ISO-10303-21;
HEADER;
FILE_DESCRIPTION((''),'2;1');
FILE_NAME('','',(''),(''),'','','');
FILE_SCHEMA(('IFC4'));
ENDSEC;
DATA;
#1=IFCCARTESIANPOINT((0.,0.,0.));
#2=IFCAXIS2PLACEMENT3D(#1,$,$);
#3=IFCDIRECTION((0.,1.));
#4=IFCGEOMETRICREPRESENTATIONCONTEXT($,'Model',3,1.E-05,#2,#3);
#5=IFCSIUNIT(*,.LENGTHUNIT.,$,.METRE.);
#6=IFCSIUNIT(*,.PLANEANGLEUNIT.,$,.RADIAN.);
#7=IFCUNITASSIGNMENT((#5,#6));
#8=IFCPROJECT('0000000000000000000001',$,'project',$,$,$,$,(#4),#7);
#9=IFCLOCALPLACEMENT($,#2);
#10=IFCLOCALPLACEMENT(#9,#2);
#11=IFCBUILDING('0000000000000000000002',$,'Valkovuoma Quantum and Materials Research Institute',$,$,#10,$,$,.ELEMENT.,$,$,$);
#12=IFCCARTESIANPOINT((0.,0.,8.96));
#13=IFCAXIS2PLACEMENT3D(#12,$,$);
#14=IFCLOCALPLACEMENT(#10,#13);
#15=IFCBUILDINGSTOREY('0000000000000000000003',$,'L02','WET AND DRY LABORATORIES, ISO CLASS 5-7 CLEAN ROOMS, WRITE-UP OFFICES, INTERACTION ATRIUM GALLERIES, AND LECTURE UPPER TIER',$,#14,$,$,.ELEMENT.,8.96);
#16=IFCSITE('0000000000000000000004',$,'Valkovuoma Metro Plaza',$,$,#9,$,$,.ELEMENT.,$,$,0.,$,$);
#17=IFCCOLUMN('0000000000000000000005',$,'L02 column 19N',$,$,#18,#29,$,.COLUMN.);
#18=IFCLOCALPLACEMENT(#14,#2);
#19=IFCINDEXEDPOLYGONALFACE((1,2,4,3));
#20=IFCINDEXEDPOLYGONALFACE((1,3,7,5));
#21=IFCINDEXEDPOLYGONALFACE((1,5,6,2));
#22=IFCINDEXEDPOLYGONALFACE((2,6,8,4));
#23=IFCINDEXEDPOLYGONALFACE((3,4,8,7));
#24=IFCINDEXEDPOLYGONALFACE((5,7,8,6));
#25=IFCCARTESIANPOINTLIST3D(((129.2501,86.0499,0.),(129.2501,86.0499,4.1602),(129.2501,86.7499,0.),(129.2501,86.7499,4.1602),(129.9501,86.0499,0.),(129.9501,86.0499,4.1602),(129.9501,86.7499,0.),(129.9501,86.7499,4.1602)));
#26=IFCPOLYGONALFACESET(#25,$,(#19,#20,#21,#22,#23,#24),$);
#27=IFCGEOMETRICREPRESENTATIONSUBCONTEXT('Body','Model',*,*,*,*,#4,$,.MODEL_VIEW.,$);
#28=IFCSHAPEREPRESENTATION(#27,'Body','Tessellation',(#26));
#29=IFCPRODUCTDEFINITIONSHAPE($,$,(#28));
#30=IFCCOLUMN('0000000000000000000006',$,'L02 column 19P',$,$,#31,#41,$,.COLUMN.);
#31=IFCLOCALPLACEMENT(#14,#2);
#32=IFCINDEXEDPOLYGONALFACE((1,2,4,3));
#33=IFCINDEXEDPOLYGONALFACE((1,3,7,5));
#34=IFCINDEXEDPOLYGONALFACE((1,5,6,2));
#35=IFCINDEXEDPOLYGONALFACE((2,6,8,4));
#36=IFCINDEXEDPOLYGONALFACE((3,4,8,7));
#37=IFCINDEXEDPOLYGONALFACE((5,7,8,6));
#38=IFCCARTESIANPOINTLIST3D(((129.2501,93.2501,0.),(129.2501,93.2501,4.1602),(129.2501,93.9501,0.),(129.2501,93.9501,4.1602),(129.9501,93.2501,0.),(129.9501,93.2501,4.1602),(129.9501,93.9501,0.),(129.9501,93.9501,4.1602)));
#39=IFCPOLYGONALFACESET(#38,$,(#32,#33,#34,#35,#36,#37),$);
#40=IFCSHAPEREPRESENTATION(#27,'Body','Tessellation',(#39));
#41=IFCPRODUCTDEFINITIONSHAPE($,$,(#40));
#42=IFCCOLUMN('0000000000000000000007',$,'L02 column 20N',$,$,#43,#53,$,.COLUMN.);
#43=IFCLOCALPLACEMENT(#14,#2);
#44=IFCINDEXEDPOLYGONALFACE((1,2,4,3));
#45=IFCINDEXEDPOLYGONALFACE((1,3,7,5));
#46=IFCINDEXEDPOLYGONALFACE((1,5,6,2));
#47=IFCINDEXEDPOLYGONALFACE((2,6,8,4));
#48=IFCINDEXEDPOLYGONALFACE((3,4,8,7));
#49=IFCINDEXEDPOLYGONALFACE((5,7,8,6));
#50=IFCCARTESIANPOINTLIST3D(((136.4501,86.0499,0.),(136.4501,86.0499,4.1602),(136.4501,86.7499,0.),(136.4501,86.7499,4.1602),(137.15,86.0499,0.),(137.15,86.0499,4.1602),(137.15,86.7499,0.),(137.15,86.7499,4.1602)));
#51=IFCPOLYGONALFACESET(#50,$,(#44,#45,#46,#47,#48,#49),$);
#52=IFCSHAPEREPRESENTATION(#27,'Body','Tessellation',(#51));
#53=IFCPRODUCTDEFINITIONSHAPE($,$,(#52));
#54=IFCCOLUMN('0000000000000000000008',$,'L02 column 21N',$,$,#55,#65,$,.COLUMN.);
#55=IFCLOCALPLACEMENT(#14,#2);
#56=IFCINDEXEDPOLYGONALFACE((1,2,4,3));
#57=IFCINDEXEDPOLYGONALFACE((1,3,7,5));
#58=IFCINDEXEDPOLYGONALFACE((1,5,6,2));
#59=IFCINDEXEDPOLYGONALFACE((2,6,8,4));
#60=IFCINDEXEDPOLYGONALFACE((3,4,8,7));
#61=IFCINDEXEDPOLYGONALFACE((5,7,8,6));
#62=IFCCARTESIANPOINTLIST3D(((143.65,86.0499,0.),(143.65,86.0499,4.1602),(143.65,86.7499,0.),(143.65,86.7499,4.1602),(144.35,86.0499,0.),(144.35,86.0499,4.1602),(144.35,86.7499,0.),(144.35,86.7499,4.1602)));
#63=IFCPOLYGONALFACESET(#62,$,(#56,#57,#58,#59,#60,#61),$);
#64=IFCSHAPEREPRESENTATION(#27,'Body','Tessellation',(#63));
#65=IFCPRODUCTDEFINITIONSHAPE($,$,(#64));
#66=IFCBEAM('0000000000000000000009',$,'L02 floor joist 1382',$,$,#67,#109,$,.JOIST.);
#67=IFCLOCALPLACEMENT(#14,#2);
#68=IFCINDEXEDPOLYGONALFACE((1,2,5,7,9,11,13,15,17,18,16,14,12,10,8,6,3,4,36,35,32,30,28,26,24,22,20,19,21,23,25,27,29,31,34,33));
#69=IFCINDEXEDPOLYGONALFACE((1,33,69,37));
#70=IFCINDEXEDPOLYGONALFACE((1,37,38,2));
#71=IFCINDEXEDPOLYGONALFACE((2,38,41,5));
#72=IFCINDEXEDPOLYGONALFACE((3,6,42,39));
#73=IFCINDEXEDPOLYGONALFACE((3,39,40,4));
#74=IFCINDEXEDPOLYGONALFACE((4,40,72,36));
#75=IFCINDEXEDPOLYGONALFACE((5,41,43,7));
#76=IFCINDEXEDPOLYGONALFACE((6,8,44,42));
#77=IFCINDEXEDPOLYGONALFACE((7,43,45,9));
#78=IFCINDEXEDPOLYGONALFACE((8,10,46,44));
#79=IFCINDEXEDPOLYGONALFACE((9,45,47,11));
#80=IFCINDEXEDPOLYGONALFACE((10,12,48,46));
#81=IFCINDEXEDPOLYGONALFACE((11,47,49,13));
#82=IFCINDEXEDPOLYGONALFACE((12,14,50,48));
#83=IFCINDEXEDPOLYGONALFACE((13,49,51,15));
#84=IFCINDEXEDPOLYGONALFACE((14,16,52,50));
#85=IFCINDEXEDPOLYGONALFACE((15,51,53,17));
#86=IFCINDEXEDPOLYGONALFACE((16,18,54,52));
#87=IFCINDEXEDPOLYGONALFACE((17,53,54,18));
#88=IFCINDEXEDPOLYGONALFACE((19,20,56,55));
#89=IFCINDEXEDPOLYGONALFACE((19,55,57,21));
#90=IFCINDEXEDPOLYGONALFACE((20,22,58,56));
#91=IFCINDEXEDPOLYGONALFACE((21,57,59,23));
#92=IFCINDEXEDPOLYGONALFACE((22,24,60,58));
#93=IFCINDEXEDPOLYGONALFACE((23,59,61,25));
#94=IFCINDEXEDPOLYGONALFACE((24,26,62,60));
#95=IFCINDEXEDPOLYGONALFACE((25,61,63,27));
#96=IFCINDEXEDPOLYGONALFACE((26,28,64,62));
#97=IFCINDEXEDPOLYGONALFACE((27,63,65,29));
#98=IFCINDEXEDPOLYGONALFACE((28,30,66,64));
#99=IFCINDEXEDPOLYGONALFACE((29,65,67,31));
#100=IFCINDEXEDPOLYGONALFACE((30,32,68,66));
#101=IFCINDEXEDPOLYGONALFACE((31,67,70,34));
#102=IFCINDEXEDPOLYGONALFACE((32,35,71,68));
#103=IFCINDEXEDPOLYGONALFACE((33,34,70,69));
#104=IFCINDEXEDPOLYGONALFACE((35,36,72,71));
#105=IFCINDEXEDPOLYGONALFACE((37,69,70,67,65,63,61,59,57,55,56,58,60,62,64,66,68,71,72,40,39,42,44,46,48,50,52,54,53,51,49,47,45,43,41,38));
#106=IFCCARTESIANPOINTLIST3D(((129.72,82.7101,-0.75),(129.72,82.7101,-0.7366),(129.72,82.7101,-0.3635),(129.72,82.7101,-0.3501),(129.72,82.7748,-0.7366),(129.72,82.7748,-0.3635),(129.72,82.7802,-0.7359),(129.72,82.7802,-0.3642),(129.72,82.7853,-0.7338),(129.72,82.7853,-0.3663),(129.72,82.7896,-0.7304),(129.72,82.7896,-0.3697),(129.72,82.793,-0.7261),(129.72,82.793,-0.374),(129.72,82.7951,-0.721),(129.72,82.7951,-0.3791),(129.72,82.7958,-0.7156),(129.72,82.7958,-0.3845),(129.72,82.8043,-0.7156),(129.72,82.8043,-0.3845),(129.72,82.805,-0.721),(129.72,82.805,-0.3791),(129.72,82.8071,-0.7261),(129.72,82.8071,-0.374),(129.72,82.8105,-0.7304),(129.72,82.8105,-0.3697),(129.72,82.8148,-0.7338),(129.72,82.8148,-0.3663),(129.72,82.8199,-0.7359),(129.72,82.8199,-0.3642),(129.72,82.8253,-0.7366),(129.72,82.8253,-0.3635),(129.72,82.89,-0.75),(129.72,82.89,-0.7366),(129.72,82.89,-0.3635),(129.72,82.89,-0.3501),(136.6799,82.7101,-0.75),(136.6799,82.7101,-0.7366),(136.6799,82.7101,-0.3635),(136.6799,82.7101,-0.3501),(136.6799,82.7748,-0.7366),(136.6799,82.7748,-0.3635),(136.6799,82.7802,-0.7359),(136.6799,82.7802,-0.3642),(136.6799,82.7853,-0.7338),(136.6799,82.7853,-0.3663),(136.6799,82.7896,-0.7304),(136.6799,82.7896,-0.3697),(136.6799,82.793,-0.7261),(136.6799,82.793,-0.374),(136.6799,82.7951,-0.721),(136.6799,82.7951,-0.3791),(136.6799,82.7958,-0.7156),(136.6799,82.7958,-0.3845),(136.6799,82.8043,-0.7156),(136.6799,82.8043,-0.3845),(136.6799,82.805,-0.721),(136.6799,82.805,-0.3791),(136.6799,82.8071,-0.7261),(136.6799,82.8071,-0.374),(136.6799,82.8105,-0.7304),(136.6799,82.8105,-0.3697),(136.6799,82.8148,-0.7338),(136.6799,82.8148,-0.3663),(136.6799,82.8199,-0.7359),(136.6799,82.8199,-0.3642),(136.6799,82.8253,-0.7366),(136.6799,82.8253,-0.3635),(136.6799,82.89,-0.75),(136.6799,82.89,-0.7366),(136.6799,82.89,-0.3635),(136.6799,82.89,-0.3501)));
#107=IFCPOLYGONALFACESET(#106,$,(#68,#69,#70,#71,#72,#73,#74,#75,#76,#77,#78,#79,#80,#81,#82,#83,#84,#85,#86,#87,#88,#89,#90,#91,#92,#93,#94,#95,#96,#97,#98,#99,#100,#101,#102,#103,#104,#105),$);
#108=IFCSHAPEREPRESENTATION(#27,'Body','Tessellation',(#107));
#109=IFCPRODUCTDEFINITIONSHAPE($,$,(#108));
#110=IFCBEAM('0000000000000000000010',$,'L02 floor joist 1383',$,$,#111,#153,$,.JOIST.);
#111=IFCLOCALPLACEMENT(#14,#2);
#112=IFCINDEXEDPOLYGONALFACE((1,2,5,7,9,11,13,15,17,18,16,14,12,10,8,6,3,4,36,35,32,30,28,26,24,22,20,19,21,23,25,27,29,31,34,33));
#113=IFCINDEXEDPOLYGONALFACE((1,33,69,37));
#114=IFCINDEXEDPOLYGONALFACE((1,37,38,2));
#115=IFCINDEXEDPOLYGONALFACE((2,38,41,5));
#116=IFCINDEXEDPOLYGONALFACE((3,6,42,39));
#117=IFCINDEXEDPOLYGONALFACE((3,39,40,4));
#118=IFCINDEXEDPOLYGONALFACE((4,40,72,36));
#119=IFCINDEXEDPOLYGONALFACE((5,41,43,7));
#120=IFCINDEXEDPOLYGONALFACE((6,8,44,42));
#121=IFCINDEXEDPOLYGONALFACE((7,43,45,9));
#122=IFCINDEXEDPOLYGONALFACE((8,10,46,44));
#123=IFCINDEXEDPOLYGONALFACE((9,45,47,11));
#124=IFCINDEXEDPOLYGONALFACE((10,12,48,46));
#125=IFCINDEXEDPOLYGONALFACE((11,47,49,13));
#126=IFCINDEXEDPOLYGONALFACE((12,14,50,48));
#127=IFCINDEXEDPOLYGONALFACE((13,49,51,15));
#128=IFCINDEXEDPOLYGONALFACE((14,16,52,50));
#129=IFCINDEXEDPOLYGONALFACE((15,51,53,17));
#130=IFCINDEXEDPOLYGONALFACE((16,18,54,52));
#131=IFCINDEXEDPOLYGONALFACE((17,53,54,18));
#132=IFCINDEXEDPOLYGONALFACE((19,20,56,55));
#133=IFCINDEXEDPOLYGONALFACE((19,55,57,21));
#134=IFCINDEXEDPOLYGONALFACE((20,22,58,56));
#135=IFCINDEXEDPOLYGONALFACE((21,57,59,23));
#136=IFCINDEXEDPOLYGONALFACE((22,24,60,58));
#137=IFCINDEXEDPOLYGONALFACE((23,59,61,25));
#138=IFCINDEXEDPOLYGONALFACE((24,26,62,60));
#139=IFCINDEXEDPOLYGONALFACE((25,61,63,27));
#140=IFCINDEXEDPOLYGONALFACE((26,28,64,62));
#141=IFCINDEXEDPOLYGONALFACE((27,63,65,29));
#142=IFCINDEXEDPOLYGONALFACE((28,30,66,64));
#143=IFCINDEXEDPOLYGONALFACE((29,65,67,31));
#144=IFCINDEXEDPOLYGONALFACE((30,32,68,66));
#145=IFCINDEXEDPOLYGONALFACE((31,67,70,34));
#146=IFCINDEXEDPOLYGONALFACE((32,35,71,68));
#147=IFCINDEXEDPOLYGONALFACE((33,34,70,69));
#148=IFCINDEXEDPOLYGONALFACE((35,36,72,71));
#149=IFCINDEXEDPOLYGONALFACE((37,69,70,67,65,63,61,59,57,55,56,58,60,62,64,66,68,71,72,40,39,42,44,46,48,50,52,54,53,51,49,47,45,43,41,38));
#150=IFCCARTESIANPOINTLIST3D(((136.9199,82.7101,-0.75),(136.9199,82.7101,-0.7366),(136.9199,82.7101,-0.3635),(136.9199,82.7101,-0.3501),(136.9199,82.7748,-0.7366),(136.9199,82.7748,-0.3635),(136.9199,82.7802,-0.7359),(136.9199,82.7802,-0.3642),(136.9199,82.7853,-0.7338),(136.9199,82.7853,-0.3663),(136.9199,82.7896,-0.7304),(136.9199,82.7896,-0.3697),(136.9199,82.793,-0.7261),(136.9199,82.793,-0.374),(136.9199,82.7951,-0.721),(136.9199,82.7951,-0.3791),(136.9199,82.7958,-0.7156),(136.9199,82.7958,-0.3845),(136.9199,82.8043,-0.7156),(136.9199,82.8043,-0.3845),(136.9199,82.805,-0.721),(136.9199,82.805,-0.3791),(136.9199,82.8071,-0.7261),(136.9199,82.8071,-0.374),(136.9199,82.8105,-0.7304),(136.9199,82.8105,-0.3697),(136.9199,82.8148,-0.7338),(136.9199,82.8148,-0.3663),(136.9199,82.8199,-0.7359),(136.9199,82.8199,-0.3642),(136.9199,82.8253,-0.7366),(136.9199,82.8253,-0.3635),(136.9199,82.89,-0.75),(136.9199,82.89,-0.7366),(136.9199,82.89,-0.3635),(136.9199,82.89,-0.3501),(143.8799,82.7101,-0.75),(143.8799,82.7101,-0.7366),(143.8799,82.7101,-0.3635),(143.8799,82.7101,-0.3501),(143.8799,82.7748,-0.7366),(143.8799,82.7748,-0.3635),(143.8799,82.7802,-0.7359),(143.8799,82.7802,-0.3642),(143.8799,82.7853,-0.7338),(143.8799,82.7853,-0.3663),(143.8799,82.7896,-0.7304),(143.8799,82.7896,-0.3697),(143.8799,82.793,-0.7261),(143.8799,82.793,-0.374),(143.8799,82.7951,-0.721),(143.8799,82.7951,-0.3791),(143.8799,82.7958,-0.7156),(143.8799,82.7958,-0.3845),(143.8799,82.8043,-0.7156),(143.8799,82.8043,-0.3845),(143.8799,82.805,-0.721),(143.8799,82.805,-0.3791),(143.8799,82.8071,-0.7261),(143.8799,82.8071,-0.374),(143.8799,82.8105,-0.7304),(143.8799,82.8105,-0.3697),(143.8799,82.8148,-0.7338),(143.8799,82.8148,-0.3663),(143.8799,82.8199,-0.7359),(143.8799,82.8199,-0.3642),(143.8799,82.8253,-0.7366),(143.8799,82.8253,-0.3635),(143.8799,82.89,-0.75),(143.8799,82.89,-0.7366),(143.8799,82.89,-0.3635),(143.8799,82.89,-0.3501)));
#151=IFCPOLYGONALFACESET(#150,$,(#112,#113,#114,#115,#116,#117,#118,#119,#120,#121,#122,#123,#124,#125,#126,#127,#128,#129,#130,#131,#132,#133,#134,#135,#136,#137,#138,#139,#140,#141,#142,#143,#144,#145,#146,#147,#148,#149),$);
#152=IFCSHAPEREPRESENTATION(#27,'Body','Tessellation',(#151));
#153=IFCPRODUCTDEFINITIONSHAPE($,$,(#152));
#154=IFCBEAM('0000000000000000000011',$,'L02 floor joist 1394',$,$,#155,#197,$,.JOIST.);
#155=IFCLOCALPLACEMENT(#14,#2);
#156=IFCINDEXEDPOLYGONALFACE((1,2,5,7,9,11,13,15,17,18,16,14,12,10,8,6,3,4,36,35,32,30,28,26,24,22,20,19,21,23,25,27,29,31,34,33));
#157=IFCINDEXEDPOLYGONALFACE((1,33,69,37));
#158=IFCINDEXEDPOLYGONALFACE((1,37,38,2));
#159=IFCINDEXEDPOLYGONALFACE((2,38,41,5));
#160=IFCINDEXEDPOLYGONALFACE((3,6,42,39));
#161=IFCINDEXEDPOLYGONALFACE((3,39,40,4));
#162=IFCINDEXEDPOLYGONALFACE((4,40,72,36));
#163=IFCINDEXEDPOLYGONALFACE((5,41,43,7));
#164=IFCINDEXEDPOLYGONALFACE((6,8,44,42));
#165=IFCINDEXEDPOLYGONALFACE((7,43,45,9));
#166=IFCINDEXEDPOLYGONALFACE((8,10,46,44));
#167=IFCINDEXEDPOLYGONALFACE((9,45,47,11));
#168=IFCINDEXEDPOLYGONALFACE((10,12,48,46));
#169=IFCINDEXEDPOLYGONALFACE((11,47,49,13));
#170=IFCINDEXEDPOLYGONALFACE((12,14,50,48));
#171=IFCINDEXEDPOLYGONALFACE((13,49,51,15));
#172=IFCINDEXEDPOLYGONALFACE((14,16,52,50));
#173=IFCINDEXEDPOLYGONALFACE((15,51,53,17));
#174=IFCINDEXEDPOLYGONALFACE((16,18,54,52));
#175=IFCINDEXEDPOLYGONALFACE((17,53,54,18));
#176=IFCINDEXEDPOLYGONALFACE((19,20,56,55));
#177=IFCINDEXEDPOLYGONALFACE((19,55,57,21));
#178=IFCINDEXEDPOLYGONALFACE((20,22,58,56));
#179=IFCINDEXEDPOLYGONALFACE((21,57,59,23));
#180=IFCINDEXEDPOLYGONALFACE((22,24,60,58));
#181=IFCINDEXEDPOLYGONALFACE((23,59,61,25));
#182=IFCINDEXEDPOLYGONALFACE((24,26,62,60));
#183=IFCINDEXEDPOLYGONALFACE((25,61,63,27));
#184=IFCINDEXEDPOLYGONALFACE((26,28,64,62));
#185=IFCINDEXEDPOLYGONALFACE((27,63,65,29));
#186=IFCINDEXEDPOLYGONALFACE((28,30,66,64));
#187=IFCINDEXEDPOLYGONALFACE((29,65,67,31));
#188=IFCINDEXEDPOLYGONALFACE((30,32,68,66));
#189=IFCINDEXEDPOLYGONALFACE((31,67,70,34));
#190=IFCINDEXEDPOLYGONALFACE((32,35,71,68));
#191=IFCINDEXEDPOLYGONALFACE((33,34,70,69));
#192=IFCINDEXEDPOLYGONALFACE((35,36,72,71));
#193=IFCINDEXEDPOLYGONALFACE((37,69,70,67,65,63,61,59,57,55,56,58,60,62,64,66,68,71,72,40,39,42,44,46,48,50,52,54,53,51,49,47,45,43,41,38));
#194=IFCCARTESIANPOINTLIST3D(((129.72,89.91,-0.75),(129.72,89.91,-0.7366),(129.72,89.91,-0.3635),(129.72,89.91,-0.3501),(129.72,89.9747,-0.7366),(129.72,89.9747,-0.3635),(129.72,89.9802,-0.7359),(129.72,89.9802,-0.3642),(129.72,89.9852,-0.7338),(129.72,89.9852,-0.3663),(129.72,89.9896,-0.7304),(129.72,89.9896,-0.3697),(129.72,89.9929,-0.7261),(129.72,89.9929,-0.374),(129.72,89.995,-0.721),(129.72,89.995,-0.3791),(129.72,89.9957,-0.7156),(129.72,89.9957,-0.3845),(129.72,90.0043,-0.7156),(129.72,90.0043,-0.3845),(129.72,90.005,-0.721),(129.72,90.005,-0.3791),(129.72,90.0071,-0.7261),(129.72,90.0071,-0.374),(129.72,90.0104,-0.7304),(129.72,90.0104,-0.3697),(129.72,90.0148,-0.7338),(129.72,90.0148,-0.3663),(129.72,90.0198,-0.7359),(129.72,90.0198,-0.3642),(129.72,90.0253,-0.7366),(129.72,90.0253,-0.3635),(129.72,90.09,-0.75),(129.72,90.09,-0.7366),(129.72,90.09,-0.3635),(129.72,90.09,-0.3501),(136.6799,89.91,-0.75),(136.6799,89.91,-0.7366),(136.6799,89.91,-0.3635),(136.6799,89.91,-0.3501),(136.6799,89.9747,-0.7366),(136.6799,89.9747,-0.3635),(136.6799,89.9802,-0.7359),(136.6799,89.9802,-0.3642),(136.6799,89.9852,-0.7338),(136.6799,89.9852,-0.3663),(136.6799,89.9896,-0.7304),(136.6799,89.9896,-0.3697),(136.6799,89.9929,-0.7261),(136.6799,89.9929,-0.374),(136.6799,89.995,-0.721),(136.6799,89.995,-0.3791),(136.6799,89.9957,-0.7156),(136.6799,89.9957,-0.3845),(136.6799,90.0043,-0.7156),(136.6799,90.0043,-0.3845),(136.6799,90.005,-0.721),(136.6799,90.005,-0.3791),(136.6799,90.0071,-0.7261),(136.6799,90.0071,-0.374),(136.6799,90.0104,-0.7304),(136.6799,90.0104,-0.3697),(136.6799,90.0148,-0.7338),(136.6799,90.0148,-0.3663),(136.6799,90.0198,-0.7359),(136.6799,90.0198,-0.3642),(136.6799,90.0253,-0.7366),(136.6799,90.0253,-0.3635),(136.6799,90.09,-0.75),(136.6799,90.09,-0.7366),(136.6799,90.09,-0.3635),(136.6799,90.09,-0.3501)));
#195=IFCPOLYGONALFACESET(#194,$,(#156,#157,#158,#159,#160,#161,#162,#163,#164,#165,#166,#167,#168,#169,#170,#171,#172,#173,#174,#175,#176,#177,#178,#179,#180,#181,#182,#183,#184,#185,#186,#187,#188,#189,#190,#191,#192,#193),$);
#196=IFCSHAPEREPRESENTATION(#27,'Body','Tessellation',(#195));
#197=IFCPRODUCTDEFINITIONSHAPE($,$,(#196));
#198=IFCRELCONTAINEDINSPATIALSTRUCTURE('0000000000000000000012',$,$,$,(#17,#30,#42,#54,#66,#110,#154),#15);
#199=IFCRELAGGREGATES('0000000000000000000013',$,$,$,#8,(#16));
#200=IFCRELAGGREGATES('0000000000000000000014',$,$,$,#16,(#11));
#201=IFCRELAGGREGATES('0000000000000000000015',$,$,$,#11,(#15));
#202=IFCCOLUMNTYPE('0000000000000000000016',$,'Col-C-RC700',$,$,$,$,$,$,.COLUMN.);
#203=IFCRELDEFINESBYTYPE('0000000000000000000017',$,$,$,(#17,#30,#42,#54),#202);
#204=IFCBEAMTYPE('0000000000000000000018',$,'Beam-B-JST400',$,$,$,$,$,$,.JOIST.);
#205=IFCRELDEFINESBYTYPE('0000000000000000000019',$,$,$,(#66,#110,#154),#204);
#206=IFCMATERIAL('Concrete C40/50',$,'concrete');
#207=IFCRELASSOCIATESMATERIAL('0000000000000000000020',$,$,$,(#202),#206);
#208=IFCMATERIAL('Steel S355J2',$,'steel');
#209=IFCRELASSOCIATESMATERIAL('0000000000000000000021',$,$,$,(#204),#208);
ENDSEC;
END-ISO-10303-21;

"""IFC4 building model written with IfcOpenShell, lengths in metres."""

from ifc_helpers import new_model, si_unit, direction, frame, origin, origin_2d, place, context, subcontext, project, spatial, rectangle, i_section, extrude, material, material_profile, profile_set, type_object, element, save


model = new_model("IFC4")

# Units and contexts
model_context = context("Model", 3, precision=1e-05, world=origin(), true_north=direction((0.0, 1.0)))
body_context = subcontext(model_context, "Body", "Model", "MODEL_VIEW")
ifc_project = project(units=[si_unit("LENGTHUNIT", "METRE"), si_unit("PLANEANGLEUNIT", "RADIAN")], contexts=[model_context])

# Site, building, storey
site_placement = place(None, origin())
site = spatial("IfcSite", under=ifc_project, at=site_placement, Name="Valkovuoma Metro Plaza", CompositionType="ELEMENT", RefElevation=0.0)
building_placement = place(site_placement, origin())
building = spatial("IfcBuilding", under=site, at=building_placement, Name="Valkovuoma Quantum and Materials Research Institute", CompositionType="ELEMENT")
storey_placement = place(building_placement, frame((0.0, 0.0, 8.96)))
storey = spatial("IfcBuildingStorey", under=building, at=storey_placement, Name="L02", Description="WET AND DRY LABORATORIES, ISO CLASS 5-7 CLEAN ROOMS, WRITE-UP OFFICES, INTERACTION ATRIUM GALLERIES, AND LECTURE UPPER TIER", CompositionType="ELEMENT", Elevation=8.96)

# Columns
ifc_material_1 = material(Name="Concrete C40/50", Category="concrete")
ifc_material_profile_1 = material_profile(ifc_material_1, rectangle(XDim=0.7, YDim=0.7, at=origin_2d()), Name="Concrete C40/50")
ifc_profile_set_1 = profile_set([ifc_material_profile_1], Name="Concrete C40/50")
column_type = type_object("IfcColumnType", Name="Col-C-RC700", PredefinedType="COLUMN", material=ifc_profile_set_1)
for number, where, z_axis, x_axis, name in (
    (1, (129.6001, 86.3999, 0.0), (0.0, 0.0, 1.0), (1.0, 0.0, 0.0), "L02 column 19N"),
    (2, (129.6001, 93.6001, 0.0), (0.0, 0.0, 1.0), (1.0, 0.0, 0.0), "L02 column 19P"),
    (3, (136.8, 86.3999, 0.0), (0.0, 0.0, 1.0), (1.0, 0.0, 0.0), "L02 column 20N"),
    (4, (144.0, 86.3999, 0.0), (0.0, 0.0, 1.0), (1.0, 0.0, 0.0), "L02 column 21N"),
):
    element("IfcColumn", number, at=place(storey_placement, frame(where, z_axis=z_axis, x_axis=x_axis)), inside=storey, type_object=column_type, Name=name, PredefinedType="COLUMN", context=body_context, shape_type="SweptSolid", body=[
        extrude(rectangle(XDim=0.7, YDim=0.7, at=origin_2d()), origin(), (0.0, 0.0, 1.0), 4.1602),
    ])

# Beams
ifc_material_2 = material(Name="Steel S355J2", Category="steel")
ifc_material_profile_2 = material_profile(ifc_material_2, i_section(OverallWidth=0.1799, OverallDepth=0.3999, WebThickness=0.0085, FlangeThickness=0.0134, FilletRadius=0.021, at=origin_2d()), Name="Steel S355J2")
ifc_profile_set_2 = profile_set([ifc_material_profile_2], Name="Steel S355J2")
beam_type_1 = type_object("IfcBeamType", Name="Beam-B-JST400", PredefinedType="JOIST", material=ifc_profile_set_2)
for number, where, z_axis, x_axis, name in (
    (5, (129.72, 82.8, -0.55), (1.0, 0.0, 0.0), (0.0, 1.0, 0.0), "L02 floor joist 1382"),
    (6, (136.9199, 82.8, -0.55), (1.0, 0.0, 0.0), (0.0, 1.0, 0.0), "L02 floor joist 1383"),
    (7, (129.72, 90.0, -0.55), (1.0, 0.0, 0.0), (0.0, 1.0, 0.0), "L02 floor joist 1394"),
):
    element("IfcBeam", number, at=place(storey_placement, frame(where, z_axis=z_axis, x_axis=x_axis)), inside=storey, type_object=beam_type_1, Name=name, PredefinedType="JOIST", context=body_context, shape_type="SweptSolid", body=[
        extrude(i_section(OverallWidth=0.1799, OverallDepth=0.3999, WebThickness=0.0085, FlangeThickness=0.0134, FilletRadius=0.021, at=origin_2d()), origin(), (0.0, 0.0, 1.0), 6.96),
    ])

save(model, "model.ifc")
